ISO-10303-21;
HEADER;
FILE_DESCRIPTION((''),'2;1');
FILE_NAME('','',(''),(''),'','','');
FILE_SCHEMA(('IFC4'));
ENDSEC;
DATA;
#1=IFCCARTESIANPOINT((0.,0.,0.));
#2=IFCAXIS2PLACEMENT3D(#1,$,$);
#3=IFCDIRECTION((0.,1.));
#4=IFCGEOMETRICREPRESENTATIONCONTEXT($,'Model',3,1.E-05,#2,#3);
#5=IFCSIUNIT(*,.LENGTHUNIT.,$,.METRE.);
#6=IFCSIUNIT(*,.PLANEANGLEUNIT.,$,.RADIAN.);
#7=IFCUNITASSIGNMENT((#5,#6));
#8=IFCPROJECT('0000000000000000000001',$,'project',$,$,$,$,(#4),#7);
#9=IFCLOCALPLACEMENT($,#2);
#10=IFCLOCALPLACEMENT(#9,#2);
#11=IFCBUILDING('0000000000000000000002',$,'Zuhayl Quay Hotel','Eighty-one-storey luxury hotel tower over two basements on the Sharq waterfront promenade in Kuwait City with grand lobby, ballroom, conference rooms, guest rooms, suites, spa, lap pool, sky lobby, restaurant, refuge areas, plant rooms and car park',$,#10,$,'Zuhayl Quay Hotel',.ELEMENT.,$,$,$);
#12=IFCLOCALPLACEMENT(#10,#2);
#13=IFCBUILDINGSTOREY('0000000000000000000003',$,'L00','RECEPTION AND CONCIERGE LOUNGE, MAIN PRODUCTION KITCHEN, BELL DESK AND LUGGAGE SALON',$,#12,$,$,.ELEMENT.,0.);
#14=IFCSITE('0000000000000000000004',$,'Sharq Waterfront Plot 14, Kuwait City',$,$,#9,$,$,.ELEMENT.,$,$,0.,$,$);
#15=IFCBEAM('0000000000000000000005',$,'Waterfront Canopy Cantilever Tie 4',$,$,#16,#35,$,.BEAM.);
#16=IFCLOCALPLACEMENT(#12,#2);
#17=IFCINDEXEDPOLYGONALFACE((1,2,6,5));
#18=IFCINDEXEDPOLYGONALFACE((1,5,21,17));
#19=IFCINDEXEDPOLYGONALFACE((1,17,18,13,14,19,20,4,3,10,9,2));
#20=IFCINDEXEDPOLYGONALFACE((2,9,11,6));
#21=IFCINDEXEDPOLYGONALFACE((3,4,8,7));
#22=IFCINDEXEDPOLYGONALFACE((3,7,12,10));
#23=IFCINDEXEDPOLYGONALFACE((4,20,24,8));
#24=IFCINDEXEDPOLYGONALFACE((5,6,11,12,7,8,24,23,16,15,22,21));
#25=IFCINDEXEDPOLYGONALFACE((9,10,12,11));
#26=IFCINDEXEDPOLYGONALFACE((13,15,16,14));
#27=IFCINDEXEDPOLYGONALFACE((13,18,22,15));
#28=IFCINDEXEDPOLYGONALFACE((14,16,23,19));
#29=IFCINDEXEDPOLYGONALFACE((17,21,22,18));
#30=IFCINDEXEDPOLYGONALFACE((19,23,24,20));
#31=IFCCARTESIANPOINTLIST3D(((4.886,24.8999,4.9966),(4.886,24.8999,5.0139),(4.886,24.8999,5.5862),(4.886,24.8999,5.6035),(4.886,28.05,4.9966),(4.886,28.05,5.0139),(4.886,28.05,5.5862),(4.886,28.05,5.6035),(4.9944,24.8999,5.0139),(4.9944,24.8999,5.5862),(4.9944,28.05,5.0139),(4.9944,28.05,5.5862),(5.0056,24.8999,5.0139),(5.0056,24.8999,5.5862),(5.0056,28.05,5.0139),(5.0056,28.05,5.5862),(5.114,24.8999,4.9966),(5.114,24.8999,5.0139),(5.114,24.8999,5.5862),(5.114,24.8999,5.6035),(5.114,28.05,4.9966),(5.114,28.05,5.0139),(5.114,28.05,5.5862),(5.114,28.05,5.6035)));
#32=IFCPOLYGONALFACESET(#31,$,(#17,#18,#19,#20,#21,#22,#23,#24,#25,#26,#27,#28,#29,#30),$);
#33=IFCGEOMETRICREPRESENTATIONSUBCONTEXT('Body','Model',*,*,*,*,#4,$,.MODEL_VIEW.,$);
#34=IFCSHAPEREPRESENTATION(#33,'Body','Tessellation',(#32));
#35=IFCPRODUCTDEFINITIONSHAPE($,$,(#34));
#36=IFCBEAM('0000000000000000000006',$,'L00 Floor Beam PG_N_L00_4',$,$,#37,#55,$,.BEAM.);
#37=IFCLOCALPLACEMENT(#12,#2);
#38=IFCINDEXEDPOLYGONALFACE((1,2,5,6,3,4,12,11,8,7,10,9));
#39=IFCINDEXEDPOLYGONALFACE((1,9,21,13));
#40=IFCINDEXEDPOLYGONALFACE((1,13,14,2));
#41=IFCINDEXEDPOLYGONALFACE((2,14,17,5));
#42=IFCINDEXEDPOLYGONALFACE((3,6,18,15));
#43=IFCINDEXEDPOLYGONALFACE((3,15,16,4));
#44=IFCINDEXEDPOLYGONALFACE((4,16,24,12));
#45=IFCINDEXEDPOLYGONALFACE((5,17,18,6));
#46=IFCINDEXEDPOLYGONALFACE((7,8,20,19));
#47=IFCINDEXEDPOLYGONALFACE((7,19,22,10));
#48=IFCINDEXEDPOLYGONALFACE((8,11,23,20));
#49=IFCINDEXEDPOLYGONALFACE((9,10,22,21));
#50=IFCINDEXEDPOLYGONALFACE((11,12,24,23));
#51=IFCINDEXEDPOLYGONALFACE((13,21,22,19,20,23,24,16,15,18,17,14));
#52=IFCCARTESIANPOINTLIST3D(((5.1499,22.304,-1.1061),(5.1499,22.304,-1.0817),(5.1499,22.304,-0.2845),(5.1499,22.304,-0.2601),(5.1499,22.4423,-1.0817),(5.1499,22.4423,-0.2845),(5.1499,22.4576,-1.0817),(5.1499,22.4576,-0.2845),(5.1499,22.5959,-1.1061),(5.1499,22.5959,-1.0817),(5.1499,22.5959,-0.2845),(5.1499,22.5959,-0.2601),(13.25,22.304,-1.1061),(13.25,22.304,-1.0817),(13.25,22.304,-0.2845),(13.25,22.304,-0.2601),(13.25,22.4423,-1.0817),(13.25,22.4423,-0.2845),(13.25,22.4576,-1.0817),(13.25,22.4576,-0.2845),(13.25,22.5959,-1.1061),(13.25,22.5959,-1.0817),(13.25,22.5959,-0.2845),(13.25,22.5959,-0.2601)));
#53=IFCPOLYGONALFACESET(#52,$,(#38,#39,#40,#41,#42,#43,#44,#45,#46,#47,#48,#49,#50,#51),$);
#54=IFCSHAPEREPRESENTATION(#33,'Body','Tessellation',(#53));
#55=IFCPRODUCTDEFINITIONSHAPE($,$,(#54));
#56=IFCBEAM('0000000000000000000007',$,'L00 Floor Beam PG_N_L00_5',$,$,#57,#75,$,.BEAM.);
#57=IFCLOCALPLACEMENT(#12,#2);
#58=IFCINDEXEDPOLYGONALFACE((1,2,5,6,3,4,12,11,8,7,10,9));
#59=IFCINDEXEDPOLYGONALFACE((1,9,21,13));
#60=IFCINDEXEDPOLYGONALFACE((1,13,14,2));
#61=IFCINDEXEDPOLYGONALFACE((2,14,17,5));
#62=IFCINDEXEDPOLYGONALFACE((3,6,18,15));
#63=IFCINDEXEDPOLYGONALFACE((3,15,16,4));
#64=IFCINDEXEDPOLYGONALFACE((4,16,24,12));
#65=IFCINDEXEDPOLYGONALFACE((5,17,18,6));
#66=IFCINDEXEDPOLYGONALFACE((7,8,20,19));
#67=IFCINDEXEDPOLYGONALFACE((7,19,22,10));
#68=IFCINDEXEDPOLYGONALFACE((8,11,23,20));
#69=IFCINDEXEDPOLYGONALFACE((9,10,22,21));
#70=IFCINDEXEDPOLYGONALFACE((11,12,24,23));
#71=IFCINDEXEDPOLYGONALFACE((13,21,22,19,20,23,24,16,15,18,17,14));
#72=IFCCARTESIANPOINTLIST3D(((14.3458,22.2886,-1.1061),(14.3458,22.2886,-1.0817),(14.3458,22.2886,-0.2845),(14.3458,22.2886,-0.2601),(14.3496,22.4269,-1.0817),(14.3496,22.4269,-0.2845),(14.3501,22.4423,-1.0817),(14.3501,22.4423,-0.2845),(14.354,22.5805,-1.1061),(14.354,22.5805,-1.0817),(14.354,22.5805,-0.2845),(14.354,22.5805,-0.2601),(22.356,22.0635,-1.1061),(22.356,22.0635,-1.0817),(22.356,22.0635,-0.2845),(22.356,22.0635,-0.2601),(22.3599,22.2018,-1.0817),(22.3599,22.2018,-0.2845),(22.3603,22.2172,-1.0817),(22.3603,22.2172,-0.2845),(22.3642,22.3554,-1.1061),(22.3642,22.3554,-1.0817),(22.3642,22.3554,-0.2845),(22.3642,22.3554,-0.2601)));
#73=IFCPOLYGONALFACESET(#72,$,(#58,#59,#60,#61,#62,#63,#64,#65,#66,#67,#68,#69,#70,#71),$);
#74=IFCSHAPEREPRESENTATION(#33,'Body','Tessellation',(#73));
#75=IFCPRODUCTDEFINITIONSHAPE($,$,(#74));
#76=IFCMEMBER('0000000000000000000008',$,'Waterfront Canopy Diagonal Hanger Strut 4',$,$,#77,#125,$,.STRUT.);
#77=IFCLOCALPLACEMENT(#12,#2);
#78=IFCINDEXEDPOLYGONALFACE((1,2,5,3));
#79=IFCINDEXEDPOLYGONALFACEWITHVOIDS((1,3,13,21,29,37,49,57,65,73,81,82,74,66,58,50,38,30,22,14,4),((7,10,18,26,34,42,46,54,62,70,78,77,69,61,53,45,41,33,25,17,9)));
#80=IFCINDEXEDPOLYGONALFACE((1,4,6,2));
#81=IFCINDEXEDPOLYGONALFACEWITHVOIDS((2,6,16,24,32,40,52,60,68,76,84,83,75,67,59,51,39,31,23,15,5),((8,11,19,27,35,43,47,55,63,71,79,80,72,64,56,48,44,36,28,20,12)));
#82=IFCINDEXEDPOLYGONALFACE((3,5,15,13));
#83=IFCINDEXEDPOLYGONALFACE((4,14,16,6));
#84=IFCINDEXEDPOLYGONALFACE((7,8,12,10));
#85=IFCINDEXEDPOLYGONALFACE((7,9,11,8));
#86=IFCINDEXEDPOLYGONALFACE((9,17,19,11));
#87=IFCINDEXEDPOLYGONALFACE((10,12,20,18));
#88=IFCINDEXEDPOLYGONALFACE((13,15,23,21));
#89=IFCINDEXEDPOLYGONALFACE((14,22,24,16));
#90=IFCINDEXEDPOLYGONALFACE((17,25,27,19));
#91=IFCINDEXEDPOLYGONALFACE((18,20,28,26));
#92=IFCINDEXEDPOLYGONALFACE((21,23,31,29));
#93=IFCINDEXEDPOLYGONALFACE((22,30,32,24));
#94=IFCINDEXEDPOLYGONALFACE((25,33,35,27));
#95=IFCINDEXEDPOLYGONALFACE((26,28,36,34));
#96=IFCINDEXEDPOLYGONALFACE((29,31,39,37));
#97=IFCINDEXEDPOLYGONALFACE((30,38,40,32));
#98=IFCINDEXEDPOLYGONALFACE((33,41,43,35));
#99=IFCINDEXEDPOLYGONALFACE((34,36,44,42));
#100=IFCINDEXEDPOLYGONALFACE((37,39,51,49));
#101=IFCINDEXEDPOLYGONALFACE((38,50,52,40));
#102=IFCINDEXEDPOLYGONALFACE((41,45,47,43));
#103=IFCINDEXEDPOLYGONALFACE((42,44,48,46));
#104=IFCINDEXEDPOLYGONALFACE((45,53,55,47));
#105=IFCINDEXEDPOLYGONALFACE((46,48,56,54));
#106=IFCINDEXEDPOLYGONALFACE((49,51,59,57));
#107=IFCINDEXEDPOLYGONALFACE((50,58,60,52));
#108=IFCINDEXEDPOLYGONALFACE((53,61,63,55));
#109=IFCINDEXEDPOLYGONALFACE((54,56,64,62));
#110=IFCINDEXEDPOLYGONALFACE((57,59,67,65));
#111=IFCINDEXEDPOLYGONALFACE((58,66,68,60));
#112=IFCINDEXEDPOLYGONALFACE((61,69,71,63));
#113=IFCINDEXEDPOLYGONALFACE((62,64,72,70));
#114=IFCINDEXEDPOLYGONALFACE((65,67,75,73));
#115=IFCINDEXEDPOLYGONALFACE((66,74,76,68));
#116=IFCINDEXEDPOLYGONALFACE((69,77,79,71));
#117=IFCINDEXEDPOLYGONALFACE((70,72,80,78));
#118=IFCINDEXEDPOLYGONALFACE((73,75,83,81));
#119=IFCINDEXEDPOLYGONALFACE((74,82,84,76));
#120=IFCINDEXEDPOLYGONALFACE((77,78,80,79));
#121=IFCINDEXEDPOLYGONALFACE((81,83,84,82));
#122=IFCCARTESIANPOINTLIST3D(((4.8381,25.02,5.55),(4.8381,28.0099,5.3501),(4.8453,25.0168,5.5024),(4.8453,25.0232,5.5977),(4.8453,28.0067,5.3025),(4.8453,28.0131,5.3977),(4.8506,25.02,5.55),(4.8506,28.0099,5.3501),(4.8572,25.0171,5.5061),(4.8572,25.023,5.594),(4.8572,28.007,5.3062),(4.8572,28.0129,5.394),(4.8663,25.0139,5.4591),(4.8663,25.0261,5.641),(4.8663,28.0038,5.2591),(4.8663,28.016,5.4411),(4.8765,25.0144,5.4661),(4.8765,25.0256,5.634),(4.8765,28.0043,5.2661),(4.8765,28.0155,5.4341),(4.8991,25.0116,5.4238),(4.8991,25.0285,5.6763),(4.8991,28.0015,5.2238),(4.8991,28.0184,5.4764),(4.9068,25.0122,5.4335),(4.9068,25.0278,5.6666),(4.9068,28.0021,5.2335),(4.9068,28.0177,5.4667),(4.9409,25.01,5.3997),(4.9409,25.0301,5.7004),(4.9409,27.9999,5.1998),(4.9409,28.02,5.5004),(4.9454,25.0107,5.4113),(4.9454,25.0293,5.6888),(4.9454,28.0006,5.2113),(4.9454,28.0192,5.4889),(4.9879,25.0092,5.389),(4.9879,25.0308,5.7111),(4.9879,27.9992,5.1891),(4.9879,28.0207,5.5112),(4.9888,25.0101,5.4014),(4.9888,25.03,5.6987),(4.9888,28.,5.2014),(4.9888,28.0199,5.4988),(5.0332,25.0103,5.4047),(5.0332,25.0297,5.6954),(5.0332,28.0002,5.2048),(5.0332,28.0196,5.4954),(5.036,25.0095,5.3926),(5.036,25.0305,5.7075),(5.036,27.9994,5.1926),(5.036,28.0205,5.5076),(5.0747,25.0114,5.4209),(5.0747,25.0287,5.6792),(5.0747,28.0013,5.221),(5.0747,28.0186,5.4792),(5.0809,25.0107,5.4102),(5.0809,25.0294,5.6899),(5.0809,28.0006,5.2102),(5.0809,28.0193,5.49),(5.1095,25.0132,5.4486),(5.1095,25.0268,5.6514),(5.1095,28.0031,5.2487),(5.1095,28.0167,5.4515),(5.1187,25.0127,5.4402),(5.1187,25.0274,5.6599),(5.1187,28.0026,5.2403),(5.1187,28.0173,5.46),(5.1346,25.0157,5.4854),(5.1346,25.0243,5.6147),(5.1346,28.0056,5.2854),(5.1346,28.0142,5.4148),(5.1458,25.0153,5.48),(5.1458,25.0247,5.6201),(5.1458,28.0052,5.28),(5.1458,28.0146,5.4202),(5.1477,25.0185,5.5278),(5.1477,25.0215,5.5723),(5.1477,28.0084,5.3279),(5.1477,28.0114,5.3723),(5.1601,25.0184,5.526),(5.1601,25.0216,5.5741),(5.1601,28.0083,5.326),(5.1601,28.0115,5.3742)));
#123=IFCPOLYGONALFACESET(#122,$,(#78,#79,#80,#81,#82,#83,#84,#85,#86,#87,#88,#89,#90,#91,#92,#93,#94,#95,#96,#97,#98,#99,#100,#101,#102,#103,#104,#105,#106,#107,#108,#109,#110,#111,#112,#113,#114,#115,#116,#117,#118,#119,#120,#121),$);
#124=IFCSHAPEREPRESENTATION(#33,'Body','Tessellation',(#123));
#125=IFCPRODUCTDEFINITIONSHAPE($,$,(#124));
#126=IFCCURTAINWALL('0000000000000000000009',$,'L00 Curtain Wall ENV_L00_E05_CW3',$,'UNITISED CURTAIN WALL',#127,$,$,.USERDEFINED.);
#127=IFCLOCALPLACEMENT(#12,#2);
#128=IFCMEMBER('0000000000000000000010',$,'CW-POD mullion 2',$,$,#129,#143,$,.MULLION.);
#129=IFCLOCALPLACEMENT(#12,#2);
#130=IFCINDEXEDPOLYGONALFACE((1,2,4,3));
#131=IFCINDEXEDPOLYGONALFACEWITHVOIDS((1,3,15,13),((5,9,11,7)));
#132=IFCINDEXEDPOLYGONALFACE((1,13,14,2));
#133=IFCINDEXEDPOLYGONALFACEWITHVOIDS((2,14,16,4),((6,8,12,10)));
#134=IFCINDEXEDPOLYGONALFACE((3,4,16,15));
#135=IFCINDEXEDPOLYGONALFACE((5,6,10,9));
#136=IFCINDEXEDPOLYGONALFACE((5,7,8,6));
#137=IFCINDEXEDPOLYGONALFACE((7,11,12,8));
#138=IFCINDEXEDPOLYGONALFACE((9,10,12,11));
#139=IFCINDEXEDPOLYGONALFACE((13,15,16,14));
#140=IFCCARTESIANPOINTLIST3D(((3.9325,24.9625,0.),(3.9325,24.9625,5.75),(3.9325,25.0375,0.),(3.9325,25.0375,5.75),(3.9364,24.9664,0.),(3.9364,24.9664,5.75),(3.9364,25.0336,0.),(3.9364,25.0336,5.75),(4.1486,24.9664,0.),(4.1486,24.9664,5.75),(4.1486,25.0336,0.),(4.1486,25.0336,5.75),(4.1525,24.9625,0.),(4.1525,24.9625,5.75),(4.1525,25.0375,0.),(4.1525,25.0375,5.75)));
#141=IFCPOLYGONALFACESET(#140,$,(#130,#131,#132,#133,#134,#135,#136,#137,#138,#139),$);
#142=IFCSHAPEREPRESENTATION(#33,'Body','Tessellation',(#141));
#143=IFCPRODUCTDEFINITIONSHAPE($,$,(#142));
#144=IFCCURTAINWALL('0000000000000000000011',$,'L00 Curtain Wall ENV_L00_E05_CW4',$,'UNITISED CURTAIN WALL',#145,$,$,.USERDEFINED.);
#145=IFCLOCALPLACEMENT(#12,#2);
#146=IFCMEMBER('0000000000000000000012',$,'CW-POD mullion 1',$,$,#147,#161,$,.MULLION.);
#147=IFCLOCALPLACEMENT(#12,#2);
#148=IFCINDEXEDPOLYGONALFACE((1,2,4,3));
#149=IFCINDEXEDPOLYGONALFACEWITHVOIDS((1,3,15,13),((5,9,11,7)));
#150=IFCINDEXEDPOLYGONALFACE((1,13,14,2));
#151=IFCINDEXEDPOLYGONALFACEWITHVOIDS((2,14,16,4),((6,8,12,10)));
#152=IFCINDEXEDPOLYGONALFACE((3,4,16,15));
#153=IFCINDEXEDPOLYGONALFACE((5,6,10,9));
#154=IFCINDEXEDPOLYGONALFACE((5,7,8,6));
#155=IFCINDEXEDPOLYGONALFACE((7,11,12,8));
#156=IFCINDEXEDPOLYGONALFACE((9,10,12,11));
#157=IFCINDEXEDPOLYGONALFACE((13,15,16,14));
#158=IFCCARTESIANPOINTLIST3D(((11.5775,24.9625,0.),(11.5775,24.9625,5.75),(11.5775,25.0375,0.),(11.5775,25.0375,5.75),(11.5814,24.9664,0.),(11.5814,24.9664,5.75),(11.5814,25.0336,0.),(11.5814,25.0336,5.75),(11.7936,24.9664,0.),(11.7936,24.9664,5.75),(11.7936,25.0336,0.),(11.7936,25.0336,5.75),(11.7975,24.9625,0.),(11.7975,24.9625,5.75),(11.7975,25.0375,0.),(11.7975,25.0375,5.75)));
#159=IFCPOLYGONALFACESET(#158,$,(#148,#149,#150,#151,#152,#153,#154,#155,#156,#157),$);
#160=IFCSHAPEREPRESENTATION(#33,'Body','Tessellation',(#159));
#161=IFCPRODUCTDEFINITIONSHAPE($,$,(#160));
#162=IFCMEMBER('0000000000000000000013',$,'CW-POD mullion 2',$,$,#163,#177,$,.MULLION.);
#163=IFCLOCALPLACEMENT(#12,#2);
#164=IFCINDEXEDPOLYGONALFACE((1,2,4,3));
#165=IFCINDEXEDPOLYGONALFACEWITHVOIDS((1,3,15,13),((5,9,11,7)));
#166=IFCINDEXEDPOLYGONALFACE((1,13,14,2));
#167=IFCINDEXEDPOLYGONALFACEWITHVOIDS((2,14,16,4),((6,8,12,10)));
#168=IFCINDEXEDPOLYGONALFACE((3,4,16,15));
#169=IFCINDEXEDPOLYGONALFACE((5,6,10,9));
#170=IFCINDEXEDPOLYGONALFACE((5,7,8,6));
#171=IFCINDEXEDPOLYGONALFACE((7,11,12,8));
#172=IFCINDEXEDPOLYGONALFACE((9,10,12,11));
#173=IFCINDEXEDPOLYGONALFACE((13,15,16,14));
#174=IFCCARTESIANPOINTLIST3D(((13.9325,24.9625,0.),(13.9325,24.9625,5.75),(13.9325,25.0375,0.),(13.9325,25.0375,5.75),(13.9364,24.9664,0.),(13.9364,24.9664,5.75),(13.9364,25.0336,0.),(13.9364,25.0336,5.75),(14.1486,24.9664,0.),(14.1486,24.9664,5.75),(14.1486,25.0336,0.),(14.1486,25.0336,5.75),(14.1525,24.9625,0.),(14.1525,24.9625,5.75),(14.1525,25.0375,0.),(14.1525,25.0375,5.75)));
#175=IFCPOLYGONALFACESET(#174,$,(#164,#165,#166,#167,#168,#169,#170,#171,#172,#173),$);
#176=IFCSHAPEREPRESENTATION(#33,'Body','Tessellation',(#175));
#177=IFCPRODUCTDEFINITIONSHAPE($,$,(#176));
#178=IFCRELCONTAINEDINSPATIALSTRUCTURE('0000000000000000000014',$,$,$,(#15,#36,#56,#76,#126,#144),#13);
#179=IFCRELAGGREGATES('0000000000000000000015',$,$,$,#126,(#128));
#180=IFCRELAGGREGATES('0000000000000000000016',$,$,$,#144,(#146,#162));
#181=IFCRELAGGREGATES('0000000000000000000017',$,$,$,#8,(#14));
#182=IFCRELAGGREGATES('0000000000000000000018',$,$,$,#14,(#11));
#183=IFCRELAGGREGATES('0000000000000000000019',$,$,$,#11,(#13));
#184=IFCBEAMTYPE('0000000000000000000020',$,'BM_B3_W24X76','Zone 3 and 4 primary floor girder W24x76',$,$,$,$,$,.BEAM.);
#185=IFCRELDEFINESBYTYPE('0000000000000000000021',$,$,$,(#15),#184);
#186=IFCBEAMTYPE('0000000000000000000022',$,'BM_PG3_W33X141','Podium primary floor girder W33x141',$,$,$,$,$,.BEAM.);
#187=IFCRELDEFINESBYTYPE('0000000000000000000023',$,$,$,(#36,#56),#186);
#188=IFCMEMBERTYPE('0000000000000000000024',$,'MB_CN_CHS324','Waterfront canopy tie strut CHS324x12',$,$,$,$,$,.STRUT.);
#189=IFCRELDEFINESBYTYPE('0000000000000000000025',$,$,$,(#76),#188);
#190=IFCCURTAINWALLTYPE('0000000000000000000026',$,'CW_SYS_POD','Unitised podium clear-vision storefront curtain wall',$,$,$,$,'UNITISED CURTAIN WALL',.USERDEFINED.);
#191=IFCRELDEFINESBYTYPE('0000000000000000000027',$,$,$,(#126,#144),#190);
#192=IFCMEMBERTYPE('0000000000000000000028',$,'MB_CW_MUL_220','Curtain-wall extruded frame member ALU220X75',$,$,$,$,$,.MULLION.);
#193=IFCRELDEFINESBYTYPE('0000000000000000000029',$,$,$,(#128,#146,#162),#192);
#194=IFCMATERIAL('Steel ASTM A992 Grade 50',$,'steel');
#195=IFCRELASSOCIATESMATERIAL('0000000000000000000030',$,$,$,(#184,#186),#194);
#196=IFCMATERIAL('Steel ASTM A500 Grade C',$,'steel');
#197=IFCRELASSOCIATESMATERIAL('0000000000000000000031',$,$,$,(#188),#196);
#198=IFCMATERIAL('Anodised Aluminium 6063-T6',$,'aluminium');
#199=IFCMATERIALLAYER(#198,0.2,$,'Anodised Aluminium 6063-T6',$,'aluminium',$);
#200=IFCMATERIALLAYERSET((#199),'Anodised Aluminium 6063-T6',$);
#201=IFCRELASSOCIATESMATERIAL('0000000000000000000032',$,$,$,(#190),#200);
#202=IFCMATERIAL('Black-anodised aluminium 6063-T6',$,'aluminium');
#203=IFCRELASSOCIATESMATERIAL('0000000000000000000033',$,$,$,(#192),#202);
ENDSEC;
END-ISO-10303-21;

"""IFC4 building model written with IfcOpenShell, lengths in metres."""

from ifc_helpers import new_model, si_unit, direction, frame, origin, origin_2d, place, context, subcontext, project, spatial, hollow_rectangle, hollow_circle, i_section, extrude, material, layer, layer_set, material_profile, profile_set, type_object, element, aggregate, save


model = new_model("IFC4")

# Units and contexts
model_context = context("Model", 3, precision=1e-05, world=origin(), true_north=direction((0.0, 1.0)))
body_context = subcontext(model_context, "Body", "Model", "MODEL_VIEW")
ifc_project = project(units=[si_unit("LENGTHUNIT", "METRE"), si_unit("PLANEANGLEUNIT", "RADIAN")], contexts=[model_context])

# Site, building, storey
site_placement = place(None, origin())
site = spatial("IfcSite", under=ifc_project, at=site_placement, Name="Sharq Waterfront Plot 14, Kuwait City", CompositionType="ELEMENT", RefElevation=0.0)
building_placement = place(site_placement, origin())
building = spatial("IfcBuilding", under=site, at=building_placement, Name="Zuhayl Quay Hotel", Description="Eighty-one-storey luxury hotel tower over two basements on the Sharq waterfront promenade in Kuwait City with grand lobby, ballroom, conference rooms, guest rooms, suites, spa, lap pool, sky lobby, restaurant, refuge areas, plant rooms and car park", LongName="Zuhayl Quay Hotel", CompositionType="ELEMENT")
storey_placement = place(building_placement, origin())
storey = spatial("IfcBuildingStorey", under=building, at=storey_placement, Name="L00", Description="RECEPTION AND CONCIERGE LOUNGE, MAIN PRODUCTION KITCHEN, BELL DESK AND LUGGAGE SALON", CompositionType="ELEMENT", Elevation=0.0)

# Beams
ifc_material_1 = material(Name="Steel ASTM A992 Grade 50", Category="steel")
ifc_material_profile_1 = material_profile(ifc_material_1, i_section(OverallWidth=0.228, OverallDepth=0.6069, WebThickness=0.0112, FlangeThickness=0.0173, at=origin_2d()), Name="W24X76")
ifc_profile_set_1 = profile_set([ifc_material_profile_1], Name="Steel ASTM A992 Grade 50")
beam_type_1 = type_object("IfcBeamType", Name="BM_B3_W24X76", Description="Zone 3 and 4 primary floor girder W24x76", PredefinedType="BEAM", material=ifc_profile_set_1)
beam_1_placement = place(storey_placement, frame((5.0, 24.8999, 5.3), z_axis=(0.0, 1.0, 0.0), x_axis=(-1.0, 0.0, 0.0)))
element("IfcBeam", 1, at=beam_1_placement, inside=storey, type_object=beam_type_1, Name="Waterfront Canopy Cantilever Tie 4", PredefinedType="BEAM", context=body_context, shape_type="SweptSolid", body=[
    extrude(i_section(OverallWidth=0.228, OverallDepth=0.6069, WebThickness=0.0112, FlangeThickness=0.0173, at=origin_2d()), origin(), (0.0, 0.0, 1.0), 3.1501),
])
ifc_material_profile_2 = material_profile(ifc_material_1, i_section(OverallWidth=0.292, OverallDepth=0.8459, WebThickness=0.0154, FlangeThickness=0.0244, at=origin_2d()), Name="W33X141")
ifc_profile_set_2 = profile_set([ifc_material_profile_2], Name="Steel ASTM A992 Grade 50")
beam_type_2 = type_object("IfcBeamType", Name="BM_PG3_W33X141", Description="Podium primary floor girder W33x141", PredefinedType="BEAM", material=ifc_profile_set_2)
beam_2_placement = place(storey_placement, frame((5.1499, 22.45, -0.6831), z_axis=(1.0, 0.0, 0.0), x_axis=(0.0, 1.0, 0.0)))
element("IfcBeam", 2, at=beam_2_placement, inside=storey, type_object=beam_type_2, Name="L00 Floor Beam PG_N_L00_4", PredefinedType="BEAM", context=body_context, shape_type="SweptSolid", body=[
    extrude(i_section(OverallWidth=0.292, OverallDepth=0.8459, WebThickness=0.0154, FlangeThickness=0.0244, at=origin_2d()), origin(), (0.0, 0.0, 1.0), 8.1001),
])
beam_3_placement = place(storey_placement, frame((14.3499, 22.4346, -0.6831), z_axis=(0.999605, -0.02809, 0.0), x_axis=(0.02809, 0.999605, 0.0)))
element("IfcBeam", 3, at=beam_3_placement, inside=storey, type_object=beam_type_2, Name="L00 Floor Beam PG_N_L00_5", PredefinedType="BEAM", context=body_context, shape_type="SweptSolid", body=[
    extrude(i_section(OverallWidth=0.292, OverallDepth=0.8459, WebThickness=0.0154, FlangeThickness=0.0244, at=origin_2d()), origin(), (0.0, 0.0, 1.0), 8.0134),
])

# Member
ifc_material_2 = material(Name="Steel ASTM A500 Grade C", Category="steel")
ifc_material_profile_3 = material_profile(ifc_material_2, hollow_circle(Radius=0.1619, WallThickness=0.0125, at=origin_2d()), Name="CHS324X12")
ifc_profile_set_3 = profile_set([ifc_material_profile_3], Name="Steel ASTM A500 Grade C")
member_type_1 = type_object("IfcMemberType", Name="MB_CN_CHS324", Description="Waterfront canopy tie strut CHS324x12", PredefinedType="STRUT", material=ifc_profile_set_3)
member_1_placement = place(storey_placement, frame((5.0, 25.02, 5.55), z_axis=(0.0, 0.997771, -0.066724), x_axis=(-1.0, 0.0, 0.0)))
element("IfcMember", 4, at=member_1_placement, inside=storey, type_object=member_type_1, Name="Waterfront Canopy Diagonal Hanger Strut 4", PredefinedType="STRUT", context=body_context, shape_type="SweptSolid", body=[
    extrude(hollow_circle(Radius=0.1619, WallThickness=0.0125, at=origin_2d()), origin(), (0.0, 0.0, 1.0), 2.9966),
])

# Curtain wall, member
ifc_material_3 = material(Name="Anodised Aluminium 6063-T6", Category="aluminium")
ifc_layer_1 = layer(ifc_material_3, 0.2, Name="Anodised Aluminium 6063-T6", Category="aluminium")
ifc_layer_set_1 = layer_set([ifc_layer_1], Name="Anodised Aluminium 6063-T6")
curtain_wall_type = type_object("IfcCurtainWallType", Name="CW_SYS_POD", Description="Unitised podium clear-vision storefront curtain wall", ElementType="UNITISED CURTAIN WALL", PredefinedType="USERDEFINED", material=ifc_layer_set_1)
curtain_wall_1_placement = place(storey_placement, origin())
curtain_wall_1 = element("IfcCurtainWall", 5, at=curtain_wall_1_placement, inside=storey, type_object=curtain_wall_type, Name="L00 Curtain Wall ENV_L00_E05_CW3", ObjectType="UNITISED CURTAIN WALL", PredefinedType="USERDEFINED")
ifc_material_4 = material(Name="Black-anodised aluminium 6063-T6", Category="aluminium")
ifc_material_profile_4 = material_profile(ifc_material_4, hollow_rectangle(XDim=0.075, YDim=0.22, WallThickness=0.0039, at=origin_2d()), Name="ALU220X75")
ifc_profile_set_4 = profile_set([ifc_material_profile_4], Name="Black-anodised aluminium 6063-T6")
member_type_2 = type_object("IfcMemberType", Name="MB_CW_MUL_220", Description="Curtain-wall extruded frame member ALU220X75", PredefinedType="MULLION", material=ifc_profile_set_4)
member_2_placement = place(storey_placement, frame((4.0425, 25.0, 0.0), z_axis=(0.0, 0.0, 1.0), x_axis=(0.0, 1.0, 0.0)))
member_2 = element("IfcMember", 6, at=member_2_placement, type_object=member_type_2, Name="CW-POD mullion 2", PredefinedType="MULLION", context=body_context, shape_type="SweptSolid", body=[
    extrude(hollow_rectangle(XDim=0.075, YDim=0.22, WallThickness=0.0039, at=origin_2d()), origin(), (0.0, 0.0, 1.0), 5.75),
])

# Curtain wall, members
curtain_wall_2_placement = place(storey_placement, origin())
curtain_wall_2 = element("IfcCurtainWall", 7, at=curtain_wall_2_placement, inside=storey, type_object=curtain_wall_type, Name="L00 Curtain Wall ENV_L00_E05_CW4", ObjectType="UNITISED CURTAIN WALL", PredefinedType="USERDEFINED")
member_3_placement = place(storey_placement, frame((11.6875, 25.0, 0.0), z_axis=(0.0, 0.0, 1.0), x_axis=(0.0, 1.0, 0.0)))
member_3 = element("IfcMember", 8, at=member_3_placement, type_object=member_type_2, Name="CW-POD mullion 1", PredefinedType="MULLION", context=body_context, shape_type="SweptSolid", body=[
    extrude(hollow_rectangle(XDim=0.075, YDim=0.22, WallThickness=0.0039, at=origin_2d()), origin(), (0.0, 0.0, 1.0), 5.75),
])
member_4_placement = place(storey_placement, frame((14.0425, 25.0, 0.0), z_axis=(0.0, 0.0, 1.0), x_axis=(0.0, 1.0, 0.0)))
member_4 = element("IfcMember", 9, at=member_4_placement, type_object=member_type_2, Name="CW-POD mullion 2", PredefinedType="MULLION", context=body_context, shape_type="SweptSolid", body=[
    extrude(hollow_rectangle(XDim=0.075, YDim=0.22, WallThickness=0.0039, at=origin_2d()), origin(), (0.0, 0.0, 1.0), 5.75),
])

aggregate(curtain_wall_1, [member_2])
aggregate(curtain_wall_2, [member_3, member_4])

save(model, "model.ifc")
